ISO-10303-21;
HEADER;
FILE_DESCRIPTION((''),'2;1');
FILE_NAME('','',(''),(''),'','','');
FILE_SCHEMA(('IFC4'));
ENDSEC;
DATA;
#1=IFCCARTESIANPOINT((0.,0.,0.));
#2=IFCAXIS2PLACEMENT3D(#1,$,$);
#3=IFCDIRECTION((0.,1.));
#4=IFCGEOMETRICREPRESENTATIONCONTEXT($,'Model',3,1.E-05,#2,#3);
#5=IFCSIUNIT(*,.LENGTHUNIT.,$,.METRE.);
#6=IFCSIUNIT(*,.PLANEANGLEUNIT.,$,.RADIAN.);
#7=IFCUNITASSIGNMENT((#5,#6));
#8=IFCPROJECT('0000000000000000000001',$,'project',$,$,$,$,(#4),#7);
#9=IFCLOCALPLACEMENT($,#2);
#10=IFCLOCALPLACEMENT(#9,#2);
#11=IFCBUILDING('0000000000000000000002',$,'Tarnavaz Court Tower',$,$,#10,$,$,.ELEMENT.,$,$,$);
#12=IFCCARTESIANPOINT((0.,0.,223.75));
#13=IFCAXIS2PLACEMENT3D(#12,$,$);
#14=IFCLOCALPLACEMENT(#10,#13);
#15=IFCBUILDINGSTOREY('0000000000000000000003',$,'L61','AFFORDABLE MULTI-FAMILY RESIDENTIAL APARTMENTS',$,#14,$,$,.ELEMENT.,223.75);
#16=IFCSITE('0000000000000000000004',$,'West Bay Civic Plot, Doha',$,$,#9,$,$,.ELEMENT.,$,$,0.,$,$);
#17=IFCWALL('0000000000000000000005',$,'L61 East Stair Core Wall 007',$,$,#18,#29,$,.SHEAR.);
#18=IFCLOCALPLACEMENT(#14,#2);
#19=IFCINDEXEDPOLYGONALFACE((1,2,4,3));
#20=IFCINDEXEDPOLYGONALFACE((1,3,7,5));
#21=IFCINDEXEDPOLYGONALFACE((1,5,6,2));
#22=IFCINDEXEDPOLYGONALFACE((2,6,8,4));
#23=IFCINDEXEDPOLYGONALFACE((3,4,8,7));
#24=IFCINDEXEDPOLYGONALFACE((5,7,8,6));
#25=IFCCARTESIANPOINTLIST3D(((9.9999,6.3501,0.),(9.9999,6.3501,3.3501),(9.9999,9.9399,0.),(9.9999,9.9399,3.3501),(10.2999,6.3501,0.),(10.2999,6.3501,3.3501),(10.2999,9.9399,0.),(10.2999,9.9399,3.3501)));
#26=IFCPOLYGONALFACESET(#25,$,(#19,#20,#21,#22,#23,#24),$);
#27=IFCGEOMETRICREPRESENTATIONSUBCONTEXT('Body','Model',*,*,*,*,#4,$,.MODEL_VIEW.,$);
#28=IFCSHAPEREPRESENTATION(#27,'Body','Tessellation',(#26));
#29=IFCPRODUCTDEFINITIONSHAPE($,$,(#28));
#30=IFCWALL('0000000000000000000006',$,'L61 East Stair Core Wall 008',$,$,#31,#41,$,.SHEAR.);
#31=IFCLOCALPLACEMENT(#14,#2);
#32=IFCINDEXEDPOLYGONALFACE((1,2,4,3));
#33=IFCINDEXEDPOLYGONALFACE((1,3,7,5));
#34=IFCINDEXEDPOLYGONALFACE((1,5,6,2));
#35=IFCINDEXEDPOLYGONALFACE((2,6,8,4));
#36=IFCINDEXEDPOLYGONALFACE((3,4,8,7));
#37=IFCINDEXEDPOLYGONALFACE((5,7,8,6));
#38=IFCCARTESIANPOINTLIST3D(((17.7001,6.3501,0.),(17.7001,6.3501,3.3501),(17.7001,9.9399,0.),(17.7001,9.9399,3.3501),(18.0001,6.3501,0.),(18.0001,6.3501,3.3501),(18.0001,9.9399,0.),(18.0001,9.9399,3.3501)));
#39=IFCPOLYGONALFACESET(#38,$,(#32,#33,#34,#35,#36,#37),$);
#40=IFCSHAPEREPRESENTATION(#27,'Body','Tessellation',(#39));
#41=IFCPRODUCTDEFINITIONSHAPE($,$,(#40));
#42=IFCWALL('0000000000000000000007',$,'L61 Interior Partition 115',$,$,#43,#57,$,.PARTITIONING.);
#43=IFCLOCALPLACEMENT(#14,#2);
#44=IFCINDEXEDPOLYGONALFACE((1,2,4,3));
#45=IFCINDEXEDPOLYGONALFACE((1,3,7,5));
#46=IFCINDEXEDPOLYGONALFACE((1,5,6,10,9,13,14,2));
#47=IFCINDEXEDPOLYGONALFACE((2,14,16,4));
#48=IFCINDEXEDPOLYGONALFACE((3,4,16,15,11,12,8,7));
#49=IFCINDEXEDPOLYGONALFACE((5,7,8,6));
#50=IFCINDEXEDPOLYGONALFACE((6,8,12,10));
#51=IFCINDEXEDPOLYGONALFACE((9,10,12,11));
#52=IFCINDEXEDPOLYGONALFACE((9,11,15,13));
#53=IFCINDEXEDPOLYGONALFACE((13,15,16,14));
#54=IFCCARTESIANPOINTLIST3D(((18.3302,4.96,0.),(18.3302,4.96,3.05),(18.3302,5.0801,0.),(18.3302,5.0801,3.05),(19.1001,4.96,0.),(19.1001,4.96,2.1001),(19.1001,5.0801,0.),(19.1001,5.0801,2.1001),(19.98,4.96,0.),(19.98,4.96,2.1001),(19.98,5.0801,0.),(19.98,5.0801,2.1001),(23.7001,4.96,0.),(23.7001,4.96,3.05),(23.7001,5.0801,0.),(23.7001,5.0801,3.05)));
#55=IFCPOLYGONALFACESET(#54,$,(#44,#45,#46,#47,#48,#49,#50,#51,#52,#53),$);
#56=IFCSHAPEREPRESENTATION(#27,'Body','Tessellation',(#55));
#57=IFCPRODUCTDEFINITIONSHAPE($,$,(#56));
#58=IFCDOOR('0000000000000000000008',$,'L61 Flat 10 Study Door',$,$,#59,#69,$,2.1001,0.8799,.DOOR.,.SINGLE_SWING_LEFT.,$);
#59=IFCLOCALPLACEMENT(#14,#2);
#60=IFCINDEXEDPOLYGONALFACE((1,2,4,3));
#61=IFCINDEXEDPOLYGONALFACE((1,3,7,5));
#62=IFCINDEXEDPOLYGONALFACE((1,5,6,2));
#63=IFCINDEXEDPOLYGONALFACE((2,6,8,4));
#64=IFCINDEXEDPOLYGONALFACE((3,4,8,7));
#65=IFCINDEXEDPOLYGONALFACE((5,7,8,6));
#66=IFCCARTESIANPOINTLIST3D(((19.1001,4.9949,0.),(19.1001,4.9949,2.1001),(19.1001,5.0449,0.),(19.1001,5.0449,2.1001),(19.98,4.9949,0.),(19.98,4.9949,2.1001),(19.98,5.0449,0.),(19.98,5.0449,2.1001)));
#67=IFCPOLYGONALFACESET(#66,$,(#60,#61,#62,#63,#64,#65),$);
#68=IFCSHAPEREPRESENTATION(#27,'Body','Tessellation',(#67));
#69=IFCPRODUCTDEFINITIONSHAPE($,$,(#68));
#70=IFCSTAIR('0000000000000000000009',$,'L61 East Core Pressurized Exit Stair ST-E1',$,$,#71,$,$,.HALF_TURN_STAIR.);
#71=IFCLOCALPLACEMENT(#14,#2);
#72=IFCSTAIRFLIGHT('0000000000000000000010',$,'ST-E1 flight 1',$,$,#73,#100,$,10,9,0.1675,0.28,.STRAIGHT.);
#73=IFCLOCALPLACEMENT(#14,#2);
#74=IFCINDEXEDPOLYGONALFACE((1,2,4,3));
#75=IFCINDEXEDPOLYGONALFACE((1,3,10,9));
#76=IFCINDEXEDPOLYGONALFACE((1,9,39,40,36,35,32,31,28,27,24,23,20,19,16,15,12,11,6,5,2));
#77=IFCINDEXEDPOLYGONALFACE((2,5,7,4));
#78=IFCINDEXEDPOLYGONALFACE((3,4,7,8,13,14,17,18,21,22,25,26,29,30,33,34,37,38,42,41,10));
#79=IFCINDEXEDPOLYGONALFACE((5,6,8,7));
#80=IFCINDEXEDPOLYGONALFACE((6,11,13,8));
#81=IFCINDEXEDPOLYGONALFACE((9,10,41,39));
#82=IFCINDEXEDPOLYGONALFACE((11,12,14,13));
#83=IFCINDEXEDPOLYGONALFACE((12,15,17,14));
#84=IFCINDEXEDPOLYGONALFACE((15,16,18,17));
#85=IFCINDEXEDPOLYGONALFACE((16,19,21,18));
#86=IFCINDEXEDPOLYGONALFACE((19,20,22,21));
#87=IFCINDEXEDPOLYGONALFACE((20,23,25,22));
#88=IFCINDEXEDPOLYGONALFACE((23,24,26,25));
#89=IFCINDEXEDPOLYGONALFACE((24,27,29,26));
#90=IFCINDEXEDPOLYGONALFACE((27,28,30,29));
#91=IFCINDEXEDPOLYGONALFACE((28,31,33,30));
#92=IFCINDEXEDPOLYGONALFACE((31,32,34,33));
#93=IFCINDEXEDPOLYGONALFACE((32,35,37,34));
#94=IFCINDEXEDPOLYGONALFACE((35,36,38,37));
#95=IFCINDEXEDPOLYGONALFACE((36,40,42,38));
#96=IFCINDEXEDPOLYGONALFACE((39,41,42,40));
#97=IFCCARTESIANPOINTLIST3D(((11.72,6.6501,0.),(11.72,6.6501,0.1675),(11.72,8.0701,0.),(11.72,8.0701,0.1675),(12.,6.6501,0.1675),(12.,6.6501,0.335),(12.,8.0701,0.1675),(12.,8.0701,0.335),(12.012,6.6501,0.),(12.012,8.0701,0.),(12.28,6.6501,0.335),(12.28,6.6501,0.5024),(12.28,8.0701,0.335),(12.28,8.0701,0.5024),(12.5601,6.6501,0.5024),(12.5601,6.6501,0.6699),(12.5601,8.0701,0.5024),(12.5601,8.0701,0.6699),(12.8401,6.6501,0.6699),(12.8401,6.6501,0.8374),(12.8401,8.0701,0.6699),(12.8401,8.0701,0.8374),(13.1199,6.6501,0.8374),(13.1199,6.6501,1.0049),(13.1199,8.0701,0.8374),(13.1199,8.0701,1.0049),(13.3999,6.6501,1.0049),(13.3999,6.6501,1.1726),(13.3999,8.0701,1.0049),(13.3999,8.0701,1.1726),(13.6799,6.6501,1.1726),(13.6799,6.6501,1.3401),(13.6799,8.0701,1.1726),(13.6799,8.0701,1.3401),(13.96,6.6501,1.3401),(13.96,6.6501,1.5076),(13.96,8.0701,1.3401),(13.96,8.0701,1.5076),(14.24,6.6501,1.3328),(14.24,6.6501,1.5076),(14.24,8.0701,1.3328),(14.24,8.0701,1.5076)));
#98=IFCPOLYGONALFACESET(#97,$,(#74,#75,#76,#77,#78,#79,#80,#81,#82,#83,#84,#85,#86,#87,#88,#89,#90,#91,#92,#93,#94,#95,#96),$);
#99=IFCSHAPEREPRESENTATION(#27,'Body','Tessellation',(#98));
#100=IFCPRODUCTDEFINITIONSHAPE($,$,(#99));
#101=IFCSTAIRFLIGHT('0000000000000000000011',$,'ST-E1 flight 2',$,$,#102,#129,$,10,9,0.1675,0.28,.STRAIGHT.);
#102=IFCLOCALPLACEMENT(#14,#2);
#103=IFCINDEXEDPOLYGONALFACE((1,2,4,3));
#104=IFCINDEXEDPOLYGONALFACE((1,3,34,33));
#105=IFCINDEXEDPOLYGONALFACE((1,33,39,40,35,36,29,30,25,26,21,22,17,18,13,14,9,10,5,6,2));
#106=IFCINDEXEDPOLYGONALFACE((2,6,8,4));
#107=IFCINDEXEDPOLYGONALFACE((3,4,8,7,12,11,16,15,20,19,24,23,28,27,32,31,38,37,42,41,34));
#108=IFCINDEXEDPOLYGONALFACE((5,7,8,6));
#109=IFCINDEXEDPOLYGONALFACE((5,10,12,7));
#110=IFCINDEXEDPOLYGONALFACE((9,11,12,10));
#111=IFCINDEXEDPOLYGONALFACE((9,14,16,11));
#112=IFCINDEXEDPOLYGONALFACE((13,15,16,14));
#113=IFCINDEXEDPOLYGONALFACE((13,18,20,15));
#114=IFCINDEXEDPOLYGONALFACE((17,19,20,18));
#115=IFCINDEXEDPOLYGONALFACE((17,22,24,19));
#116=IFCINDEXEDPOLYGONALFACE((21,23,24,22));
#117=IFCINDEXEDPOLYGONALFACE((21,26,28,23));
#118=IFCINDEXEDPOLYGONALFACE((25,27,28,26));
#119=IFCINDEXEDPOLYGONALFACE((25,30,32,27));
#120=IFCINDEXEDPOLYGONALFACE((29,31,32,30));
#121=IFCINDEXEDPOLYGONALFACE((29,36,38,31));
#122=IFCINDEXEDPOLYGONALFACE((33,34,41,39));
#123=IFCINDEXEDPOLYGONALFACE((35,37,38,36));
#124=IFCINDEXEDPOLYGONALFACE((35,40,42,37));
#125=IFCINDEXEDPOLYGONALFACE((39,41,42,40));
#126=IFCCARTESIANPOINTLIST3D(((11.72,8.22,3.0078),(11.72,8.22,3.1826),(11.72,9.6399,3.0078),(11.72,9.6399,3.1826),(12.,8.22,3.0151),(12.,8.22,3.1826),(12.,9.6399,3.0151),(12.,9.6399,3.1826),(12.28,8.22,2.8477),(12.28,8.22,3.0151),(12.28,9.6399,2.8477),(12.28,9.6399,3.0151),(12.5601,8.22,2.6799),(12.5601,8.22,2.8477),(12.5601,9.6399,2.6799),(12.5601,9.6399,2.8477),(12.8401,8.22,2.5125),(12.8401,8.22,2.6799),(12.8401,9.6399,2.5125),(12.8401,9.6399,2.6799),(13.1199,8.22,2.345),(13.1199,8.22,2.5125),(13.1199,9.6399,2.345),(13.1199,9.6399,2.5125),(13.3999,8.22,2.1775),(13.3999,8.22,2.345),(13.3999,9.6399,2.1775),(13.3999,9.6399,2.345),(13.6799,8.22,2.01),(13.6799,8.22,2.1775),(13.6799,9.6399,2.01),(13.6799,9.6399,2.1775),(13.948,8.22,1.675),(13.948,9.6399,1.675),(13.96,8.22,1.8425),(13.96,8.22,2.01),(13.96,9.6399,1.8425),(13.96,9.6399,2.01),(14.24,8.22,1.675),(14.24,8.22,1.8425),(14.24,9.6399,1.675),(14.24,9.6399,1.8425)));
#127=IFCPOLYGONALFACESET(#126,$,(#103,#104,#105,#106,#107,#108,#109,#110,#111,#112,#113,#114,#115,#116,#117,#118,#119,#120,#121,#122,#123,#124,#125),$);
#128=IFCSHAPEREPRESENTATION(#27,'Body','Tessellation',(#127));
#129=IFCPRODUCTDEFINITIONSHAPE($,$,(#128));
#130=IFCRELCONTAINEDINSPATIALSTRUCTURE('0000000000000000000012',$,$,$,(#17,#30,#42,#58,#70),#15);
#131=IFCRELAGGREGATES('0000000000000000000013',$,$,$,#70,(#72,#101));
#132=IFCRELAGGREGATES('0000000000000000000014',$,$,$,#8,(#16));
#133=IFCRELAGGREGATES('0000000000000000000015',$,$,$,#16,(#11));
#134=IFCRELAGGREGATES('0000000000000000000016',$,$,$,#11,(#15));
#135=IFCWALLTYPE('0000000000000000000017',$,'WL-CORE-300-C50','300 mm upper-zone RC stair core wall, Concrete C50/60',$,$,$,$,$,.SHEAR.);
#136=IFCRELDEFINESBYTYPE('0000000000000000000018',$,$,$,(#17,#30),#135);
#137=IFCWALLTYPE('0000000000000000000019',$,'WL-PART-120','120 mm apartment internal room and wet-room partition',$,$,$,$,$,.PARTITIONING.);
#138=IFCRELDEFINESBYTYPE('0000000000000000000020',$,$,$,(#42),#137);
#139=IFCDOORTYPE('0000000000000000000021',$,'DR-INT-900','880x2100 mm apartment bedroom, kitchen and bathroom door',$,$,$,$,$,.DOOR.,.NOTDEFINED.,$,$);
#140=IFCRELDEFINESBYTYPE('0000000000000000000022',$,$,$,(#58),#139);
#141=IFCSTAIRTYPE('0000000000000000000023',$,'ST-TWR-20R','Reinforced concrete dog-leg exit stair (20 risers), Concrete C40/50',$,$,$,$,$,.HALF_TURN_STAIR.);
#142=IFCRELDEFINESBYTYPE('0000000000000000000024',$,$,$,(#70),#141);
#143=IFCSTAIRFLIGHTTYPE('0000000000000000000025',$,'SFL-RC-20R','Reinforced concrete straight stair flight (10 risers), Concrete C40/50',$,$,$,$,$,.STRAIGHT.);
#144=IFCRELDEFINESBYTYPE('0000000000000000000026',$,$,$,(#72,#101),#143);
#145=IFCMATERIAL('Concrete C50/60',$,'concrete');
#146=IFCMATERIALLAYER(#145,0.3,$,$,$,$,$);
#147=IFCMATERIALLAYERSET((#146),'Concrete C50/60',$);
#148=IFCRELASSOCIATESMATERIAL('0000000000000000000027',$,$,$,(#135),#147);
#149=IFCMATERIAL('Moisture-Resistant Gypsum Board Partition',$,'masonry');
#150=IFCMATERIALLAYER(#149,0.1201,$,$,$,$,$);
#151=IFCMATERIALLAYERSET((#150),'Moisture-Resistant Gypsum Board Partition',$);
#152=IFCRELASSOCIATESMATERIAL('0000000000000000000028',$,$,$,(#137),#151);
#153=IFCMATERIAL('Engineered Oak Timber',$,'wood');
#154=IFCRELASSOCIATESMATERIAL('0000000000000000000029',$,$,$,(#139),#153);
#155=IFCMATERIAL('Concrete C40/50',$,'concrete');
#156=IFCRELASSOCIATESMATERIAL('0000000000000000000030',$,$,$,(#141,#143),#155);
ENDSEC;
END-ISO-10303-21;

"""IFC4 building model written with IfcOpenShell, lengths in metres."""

from ifc_helpers import new_model, si_unit, direction, frame, frame_2d, origin, place, context, subcontext, project, spatial, polyline, rectangle, outline, extrude, material, layer, layer_set, type_object, element, fill, aggregate, save


model = new_model("IFC4")

# Units and contexts
model_context = context("Model", 3, precision=1e-05, world=origin(), true_north=direction((0.0, 1.0)))
body_context = subcontext(model_context, "Body", "Model", "MODEL_VIEW")
ifc_project = project(units=[si_unit("LENGTHUNIT", "METRE"), si_unit("PLANEANGLEUNIT", "RADIAN")], contexts=[model_context])

# Site, building, storey
site_placement = place(None, origin())
site = spatial("IfcSite", under=ifc_project, at=site_placement, Name="West Bay Civic Plot, Doha", CompositionType="ELEMENT", RefElevation=0.0)
building_placement = place(site_placement, origin())
building = spatial("IfcBuilding", under=site, at=building_placement, Name="Tarnavaz Court Tower", CompositionType="ELEMENT")
storey_placement = place(building_placement, frame((0.0, 0.0, 223.75)))
storey = spatial("IfcBuildingStorey", under=building, at=storey_placement, Name="L61", Description="AFFORDABLE MULTI-FAMILY RESIDENTIAL APARTMENTS", CompositionType="ELEMENT", Elevation=223.75)

# Shared definitions
ifc_material_1 = material(Name="Concrete C50/60", Category="concrete")

# Shared definitions
ifc_layer_1 = layer(ifc_material_1, 0.3)
ifc_layer_set_1 = layer_set([ifc_layer_1], Name="Concrete C50/60")
wall_type_1 = type_object("IfcWallType", Name="WL-CORE-300-C50", Description="300 mm upper-zone RC stair core wall, Concrete C50/60", PredefinedType="SHEAR", material=ifc_layer_set_1)

# Walls
for number, where, z_axis, x_axis, name in (
    (1, (10.1499, 6.3501, 0.0), (0.0, 0.0, 1.0), (0.0, 1.0, 0.0), "L61 East Stair Core Wall 007"),
    (2, (17.8501, 6.3501, 0.0), (0.0, 0.0, 1.0), (0.0, 1.0, 0.0), "L61 East Stair Core Wall 008"),
):
    element("IfcWall", number, at=place(storey_placement, frame(where, z_axis=z_axis, x_axis=x_axis)), inside=storey, type_object=wall_type_1, Name=name, PredefinedType="SHEAR", context=body_context, shape_type="SweptSolid", body=[
        extrude(rectangle(XDim=3.5898, YDim=0.3, at=frame_2d((1.7949, 0.0))), origin(), (0.0, 0.0, 1.0), 3.3501),
    ])

# Wall, opening, door
ifc_material_2 = material(Name="Moisture-Resistant Gypsum Board Partition", Category="masonry")
ifc_layer_2 = layer(ifc_material_2, 0.1201)
ifc_layer_set_2 = layer_set([ifc_layer_2], Name="Moisture-Resistant Gypsum Board Partition")
wall_type_2 = type_object("IfcWallType", Name="WL-PART-120", Description="120 mm apartment internal room and wet-room partition", PredefinedType="PARTITIONING", material=ifc_layer_set_2)
wall_1_placement = place(storey_placement, frame((18.3301, 5.02, 0.0), z_axis=(0.0, 0.0, 1.0), x_axis=(1.0, 0.0, 0.0)))
wall_1 = element("IfcWall", 3, at=wall_1_placement, inside=storey, type_object=wall_type_2, Name="L61 Interior Partition 115", PredefinedType="PARTITIONING", context=body_context, shape_type="SweptSolid", body=[
    extrude(rectangle(XDim=5.3699, YDim=0.1201, at=frame_2d((2.6851, 0.0))), origin(), (0.0, 0.0, 1.0), 3.05),
])
opening_1_placement = place(wall_1_placement, frame((0.77, 0.0, 0.0)))
opening_1 = element("IfcOpeningElement", 4, at=opening_1_placement, cuts=wall_1, PredefinedType="OPENING", context=body_context, shape_type="SweptSolid", body=[
    extrude(rectangle(XDim=0.8799, YDim=2.1001, at=frame_2d((0.4399, 1.05))), frame((0.0, 0.0701, 0.0), z_axis=(0.0, -1.0, 0.0), x_axis=(1.0, 0.0, 0.0)), (0.0, 0.0, 1.0), 0.1401),
])
ifc_material_3 = material(Name="Engineered Oak Timber", Category="wood")
door_type_1 = type_object("IfcDoorType", Name="DR-INT-900", Description="880x2100 mm apartment bedroom, kitchen and bathroom door", OperationType="NOTDEFINED", PredefinedType="DOOR", material=ifc_material_3)
door_1_placement = place(opening_1_placement, origin())
door_1 = element("IfcDoor", 5, at=door_1_placement, inside=storey, type_object=door_type_1, Name="L61 Flat 10 Study Door", OperationType="SINGLE_SWING_LEFT", OverallHeight=2.1001, OverallWidth=0.8799, PredefinedType="DOOR", context=body_context, shape_type="SweptSolid", body=[
    extrude(rectangle(XDim=0.8799, YDim=2.1001, at=frame_2d((0.4399, 1.05))), frame((0.0, 0.0249, 0.0), z_axis=(0.0, -1.0, 0.0), x_axis=(1.0, 0.0, 0.0)), (0.0, 0.0, 1.0), 0.05),
])
fill(opening_1, door_1)

# Stair, stair flights
ifc_material_4 = material(Name="Concrete C40/50", Category="concrete")
stair_type = type_object("IfcStairType", Name="ST-TWR-20R", Description="Reinforced concrete dog-leg exit stair (20 risers), Concrete C40/50", PredefinedType="HALF_TURN_STAIR", material=ifc_material_4)
stair_placement = place(storey_placement, origin())
stair = element("IfcStair", 6, at=stair_placement, inside=storey, type_object=stair_type, Name="L61 East Core Pressurized Exit Stair ST-E1", PredefinedType="HALF_TURN_STAIR")
stair_flight_type = type_object("IfcStairFlightType", Name="SFL-RC-20R", Description="Reinforced concrete straight stair flight (10 risers), Concrete C40/50", PredefinedType="STRAIGHT", material=ifc_material_4)
stair_flight_1_placement = place(storey_placement, frame((11.72, 7.3601, 0.0), z_axis=(0.0, 0.0, 1.0), x_axis=(1.0, 0.0, 0.0)))
stair_flight_1 = element("IfcStairFlight", 7, at=stair_flight_1_placement, type_object=stair_flight_type, Name="ST-E1 flight 1", NumberOfRisers=10, NumberOfTreads=9, PredefinedType="STRAIGHT", RiserHeight=0.1675, TreadLength=0.28, context=body_context, shape_type="SweptSolid", body=[
    extrude(outline(polyline([(0.0, 0.0), (0.0, 0.1675), (0.28, 0.1675), (0.28, 0.335), (0.5601, 0.335), (0.5601, 0.5024), (0.8401, 0.5024), (0.8401, 0.6699), (1.1201, 0.6699), (1.1201, 0.8374), (1.3999, 0.8374), (1.3999, 1.0049), (1.6799, 1.0049), (1.6799, 1.1726), (1.96, 1.1726), (1.96, 1.3401), (2.24, 1.3401), (2.24, 1.5076), (2.52, 1.5076), (2.52, 1.675), (2.52, 1.3328), (0.292, 0.0), (0.0, 0.0)])), frame((0.0, 0.71, 0.0), z_axis=(0.0, -1.0, 0.0), x_axis=(1.0, 0.0, 0.0)), (0.0, 0.0, 1.0), 1.4199),
])
stair_flight_2_placement = place(storey_placement, frame((14.24, 8.9299, 1.675), z_axis=(0.0, 0.0, 1.0), x_axis=(-1.0, 0.0, 0.0)))
stair_flight_2 = element("IfcStairFlight", 8, at=stair_flight_2_placement, type_object=stair_flight_type, Name="ST-E1 flight 2", NumberOfRisers=10, NumberOfTreads=9, PredefinedType="STRAIGHT", RiserHeight=0.1675, TreadLength=0.28, context=body_context, shape_type="SweptSolid", body=[
    extrude(outline(polyline([(0.0, 0.0), (0.0, 0.1675), (0.28, 0.1675), (0.28, 0.335), (0.5601, 0.335), (0.5601, 0.5024), (0.8401, 0.5024), (0.8401, 0.6699), (1.1201, 0.6699), (1.1201, 0.8374), (1.3999, 0.8374), (1.3999, 1.0049), (1.6799, 1.0049), (1.6799, 1.1726), (1.96, 1.1726), (1.96, 1.3401), (2.24, 1.3401), (2.24, 1.5076), (2.52, 1.5076), (2.52, 1.675), (2.52, 1.3328), (0.292, 0.0), (0.0, 0.0)])), frame((0.0, 0.71, 0.0), z_axis=(0.0, -1.0, 0.0), x_axis=(1.0, 0.0, 0.0)), (0.0, 0.0, 1.0), 1.4199),
])
aggregate(stair, [stair_flight_1, stair_flight_2])

save(model, "model.ifc")
